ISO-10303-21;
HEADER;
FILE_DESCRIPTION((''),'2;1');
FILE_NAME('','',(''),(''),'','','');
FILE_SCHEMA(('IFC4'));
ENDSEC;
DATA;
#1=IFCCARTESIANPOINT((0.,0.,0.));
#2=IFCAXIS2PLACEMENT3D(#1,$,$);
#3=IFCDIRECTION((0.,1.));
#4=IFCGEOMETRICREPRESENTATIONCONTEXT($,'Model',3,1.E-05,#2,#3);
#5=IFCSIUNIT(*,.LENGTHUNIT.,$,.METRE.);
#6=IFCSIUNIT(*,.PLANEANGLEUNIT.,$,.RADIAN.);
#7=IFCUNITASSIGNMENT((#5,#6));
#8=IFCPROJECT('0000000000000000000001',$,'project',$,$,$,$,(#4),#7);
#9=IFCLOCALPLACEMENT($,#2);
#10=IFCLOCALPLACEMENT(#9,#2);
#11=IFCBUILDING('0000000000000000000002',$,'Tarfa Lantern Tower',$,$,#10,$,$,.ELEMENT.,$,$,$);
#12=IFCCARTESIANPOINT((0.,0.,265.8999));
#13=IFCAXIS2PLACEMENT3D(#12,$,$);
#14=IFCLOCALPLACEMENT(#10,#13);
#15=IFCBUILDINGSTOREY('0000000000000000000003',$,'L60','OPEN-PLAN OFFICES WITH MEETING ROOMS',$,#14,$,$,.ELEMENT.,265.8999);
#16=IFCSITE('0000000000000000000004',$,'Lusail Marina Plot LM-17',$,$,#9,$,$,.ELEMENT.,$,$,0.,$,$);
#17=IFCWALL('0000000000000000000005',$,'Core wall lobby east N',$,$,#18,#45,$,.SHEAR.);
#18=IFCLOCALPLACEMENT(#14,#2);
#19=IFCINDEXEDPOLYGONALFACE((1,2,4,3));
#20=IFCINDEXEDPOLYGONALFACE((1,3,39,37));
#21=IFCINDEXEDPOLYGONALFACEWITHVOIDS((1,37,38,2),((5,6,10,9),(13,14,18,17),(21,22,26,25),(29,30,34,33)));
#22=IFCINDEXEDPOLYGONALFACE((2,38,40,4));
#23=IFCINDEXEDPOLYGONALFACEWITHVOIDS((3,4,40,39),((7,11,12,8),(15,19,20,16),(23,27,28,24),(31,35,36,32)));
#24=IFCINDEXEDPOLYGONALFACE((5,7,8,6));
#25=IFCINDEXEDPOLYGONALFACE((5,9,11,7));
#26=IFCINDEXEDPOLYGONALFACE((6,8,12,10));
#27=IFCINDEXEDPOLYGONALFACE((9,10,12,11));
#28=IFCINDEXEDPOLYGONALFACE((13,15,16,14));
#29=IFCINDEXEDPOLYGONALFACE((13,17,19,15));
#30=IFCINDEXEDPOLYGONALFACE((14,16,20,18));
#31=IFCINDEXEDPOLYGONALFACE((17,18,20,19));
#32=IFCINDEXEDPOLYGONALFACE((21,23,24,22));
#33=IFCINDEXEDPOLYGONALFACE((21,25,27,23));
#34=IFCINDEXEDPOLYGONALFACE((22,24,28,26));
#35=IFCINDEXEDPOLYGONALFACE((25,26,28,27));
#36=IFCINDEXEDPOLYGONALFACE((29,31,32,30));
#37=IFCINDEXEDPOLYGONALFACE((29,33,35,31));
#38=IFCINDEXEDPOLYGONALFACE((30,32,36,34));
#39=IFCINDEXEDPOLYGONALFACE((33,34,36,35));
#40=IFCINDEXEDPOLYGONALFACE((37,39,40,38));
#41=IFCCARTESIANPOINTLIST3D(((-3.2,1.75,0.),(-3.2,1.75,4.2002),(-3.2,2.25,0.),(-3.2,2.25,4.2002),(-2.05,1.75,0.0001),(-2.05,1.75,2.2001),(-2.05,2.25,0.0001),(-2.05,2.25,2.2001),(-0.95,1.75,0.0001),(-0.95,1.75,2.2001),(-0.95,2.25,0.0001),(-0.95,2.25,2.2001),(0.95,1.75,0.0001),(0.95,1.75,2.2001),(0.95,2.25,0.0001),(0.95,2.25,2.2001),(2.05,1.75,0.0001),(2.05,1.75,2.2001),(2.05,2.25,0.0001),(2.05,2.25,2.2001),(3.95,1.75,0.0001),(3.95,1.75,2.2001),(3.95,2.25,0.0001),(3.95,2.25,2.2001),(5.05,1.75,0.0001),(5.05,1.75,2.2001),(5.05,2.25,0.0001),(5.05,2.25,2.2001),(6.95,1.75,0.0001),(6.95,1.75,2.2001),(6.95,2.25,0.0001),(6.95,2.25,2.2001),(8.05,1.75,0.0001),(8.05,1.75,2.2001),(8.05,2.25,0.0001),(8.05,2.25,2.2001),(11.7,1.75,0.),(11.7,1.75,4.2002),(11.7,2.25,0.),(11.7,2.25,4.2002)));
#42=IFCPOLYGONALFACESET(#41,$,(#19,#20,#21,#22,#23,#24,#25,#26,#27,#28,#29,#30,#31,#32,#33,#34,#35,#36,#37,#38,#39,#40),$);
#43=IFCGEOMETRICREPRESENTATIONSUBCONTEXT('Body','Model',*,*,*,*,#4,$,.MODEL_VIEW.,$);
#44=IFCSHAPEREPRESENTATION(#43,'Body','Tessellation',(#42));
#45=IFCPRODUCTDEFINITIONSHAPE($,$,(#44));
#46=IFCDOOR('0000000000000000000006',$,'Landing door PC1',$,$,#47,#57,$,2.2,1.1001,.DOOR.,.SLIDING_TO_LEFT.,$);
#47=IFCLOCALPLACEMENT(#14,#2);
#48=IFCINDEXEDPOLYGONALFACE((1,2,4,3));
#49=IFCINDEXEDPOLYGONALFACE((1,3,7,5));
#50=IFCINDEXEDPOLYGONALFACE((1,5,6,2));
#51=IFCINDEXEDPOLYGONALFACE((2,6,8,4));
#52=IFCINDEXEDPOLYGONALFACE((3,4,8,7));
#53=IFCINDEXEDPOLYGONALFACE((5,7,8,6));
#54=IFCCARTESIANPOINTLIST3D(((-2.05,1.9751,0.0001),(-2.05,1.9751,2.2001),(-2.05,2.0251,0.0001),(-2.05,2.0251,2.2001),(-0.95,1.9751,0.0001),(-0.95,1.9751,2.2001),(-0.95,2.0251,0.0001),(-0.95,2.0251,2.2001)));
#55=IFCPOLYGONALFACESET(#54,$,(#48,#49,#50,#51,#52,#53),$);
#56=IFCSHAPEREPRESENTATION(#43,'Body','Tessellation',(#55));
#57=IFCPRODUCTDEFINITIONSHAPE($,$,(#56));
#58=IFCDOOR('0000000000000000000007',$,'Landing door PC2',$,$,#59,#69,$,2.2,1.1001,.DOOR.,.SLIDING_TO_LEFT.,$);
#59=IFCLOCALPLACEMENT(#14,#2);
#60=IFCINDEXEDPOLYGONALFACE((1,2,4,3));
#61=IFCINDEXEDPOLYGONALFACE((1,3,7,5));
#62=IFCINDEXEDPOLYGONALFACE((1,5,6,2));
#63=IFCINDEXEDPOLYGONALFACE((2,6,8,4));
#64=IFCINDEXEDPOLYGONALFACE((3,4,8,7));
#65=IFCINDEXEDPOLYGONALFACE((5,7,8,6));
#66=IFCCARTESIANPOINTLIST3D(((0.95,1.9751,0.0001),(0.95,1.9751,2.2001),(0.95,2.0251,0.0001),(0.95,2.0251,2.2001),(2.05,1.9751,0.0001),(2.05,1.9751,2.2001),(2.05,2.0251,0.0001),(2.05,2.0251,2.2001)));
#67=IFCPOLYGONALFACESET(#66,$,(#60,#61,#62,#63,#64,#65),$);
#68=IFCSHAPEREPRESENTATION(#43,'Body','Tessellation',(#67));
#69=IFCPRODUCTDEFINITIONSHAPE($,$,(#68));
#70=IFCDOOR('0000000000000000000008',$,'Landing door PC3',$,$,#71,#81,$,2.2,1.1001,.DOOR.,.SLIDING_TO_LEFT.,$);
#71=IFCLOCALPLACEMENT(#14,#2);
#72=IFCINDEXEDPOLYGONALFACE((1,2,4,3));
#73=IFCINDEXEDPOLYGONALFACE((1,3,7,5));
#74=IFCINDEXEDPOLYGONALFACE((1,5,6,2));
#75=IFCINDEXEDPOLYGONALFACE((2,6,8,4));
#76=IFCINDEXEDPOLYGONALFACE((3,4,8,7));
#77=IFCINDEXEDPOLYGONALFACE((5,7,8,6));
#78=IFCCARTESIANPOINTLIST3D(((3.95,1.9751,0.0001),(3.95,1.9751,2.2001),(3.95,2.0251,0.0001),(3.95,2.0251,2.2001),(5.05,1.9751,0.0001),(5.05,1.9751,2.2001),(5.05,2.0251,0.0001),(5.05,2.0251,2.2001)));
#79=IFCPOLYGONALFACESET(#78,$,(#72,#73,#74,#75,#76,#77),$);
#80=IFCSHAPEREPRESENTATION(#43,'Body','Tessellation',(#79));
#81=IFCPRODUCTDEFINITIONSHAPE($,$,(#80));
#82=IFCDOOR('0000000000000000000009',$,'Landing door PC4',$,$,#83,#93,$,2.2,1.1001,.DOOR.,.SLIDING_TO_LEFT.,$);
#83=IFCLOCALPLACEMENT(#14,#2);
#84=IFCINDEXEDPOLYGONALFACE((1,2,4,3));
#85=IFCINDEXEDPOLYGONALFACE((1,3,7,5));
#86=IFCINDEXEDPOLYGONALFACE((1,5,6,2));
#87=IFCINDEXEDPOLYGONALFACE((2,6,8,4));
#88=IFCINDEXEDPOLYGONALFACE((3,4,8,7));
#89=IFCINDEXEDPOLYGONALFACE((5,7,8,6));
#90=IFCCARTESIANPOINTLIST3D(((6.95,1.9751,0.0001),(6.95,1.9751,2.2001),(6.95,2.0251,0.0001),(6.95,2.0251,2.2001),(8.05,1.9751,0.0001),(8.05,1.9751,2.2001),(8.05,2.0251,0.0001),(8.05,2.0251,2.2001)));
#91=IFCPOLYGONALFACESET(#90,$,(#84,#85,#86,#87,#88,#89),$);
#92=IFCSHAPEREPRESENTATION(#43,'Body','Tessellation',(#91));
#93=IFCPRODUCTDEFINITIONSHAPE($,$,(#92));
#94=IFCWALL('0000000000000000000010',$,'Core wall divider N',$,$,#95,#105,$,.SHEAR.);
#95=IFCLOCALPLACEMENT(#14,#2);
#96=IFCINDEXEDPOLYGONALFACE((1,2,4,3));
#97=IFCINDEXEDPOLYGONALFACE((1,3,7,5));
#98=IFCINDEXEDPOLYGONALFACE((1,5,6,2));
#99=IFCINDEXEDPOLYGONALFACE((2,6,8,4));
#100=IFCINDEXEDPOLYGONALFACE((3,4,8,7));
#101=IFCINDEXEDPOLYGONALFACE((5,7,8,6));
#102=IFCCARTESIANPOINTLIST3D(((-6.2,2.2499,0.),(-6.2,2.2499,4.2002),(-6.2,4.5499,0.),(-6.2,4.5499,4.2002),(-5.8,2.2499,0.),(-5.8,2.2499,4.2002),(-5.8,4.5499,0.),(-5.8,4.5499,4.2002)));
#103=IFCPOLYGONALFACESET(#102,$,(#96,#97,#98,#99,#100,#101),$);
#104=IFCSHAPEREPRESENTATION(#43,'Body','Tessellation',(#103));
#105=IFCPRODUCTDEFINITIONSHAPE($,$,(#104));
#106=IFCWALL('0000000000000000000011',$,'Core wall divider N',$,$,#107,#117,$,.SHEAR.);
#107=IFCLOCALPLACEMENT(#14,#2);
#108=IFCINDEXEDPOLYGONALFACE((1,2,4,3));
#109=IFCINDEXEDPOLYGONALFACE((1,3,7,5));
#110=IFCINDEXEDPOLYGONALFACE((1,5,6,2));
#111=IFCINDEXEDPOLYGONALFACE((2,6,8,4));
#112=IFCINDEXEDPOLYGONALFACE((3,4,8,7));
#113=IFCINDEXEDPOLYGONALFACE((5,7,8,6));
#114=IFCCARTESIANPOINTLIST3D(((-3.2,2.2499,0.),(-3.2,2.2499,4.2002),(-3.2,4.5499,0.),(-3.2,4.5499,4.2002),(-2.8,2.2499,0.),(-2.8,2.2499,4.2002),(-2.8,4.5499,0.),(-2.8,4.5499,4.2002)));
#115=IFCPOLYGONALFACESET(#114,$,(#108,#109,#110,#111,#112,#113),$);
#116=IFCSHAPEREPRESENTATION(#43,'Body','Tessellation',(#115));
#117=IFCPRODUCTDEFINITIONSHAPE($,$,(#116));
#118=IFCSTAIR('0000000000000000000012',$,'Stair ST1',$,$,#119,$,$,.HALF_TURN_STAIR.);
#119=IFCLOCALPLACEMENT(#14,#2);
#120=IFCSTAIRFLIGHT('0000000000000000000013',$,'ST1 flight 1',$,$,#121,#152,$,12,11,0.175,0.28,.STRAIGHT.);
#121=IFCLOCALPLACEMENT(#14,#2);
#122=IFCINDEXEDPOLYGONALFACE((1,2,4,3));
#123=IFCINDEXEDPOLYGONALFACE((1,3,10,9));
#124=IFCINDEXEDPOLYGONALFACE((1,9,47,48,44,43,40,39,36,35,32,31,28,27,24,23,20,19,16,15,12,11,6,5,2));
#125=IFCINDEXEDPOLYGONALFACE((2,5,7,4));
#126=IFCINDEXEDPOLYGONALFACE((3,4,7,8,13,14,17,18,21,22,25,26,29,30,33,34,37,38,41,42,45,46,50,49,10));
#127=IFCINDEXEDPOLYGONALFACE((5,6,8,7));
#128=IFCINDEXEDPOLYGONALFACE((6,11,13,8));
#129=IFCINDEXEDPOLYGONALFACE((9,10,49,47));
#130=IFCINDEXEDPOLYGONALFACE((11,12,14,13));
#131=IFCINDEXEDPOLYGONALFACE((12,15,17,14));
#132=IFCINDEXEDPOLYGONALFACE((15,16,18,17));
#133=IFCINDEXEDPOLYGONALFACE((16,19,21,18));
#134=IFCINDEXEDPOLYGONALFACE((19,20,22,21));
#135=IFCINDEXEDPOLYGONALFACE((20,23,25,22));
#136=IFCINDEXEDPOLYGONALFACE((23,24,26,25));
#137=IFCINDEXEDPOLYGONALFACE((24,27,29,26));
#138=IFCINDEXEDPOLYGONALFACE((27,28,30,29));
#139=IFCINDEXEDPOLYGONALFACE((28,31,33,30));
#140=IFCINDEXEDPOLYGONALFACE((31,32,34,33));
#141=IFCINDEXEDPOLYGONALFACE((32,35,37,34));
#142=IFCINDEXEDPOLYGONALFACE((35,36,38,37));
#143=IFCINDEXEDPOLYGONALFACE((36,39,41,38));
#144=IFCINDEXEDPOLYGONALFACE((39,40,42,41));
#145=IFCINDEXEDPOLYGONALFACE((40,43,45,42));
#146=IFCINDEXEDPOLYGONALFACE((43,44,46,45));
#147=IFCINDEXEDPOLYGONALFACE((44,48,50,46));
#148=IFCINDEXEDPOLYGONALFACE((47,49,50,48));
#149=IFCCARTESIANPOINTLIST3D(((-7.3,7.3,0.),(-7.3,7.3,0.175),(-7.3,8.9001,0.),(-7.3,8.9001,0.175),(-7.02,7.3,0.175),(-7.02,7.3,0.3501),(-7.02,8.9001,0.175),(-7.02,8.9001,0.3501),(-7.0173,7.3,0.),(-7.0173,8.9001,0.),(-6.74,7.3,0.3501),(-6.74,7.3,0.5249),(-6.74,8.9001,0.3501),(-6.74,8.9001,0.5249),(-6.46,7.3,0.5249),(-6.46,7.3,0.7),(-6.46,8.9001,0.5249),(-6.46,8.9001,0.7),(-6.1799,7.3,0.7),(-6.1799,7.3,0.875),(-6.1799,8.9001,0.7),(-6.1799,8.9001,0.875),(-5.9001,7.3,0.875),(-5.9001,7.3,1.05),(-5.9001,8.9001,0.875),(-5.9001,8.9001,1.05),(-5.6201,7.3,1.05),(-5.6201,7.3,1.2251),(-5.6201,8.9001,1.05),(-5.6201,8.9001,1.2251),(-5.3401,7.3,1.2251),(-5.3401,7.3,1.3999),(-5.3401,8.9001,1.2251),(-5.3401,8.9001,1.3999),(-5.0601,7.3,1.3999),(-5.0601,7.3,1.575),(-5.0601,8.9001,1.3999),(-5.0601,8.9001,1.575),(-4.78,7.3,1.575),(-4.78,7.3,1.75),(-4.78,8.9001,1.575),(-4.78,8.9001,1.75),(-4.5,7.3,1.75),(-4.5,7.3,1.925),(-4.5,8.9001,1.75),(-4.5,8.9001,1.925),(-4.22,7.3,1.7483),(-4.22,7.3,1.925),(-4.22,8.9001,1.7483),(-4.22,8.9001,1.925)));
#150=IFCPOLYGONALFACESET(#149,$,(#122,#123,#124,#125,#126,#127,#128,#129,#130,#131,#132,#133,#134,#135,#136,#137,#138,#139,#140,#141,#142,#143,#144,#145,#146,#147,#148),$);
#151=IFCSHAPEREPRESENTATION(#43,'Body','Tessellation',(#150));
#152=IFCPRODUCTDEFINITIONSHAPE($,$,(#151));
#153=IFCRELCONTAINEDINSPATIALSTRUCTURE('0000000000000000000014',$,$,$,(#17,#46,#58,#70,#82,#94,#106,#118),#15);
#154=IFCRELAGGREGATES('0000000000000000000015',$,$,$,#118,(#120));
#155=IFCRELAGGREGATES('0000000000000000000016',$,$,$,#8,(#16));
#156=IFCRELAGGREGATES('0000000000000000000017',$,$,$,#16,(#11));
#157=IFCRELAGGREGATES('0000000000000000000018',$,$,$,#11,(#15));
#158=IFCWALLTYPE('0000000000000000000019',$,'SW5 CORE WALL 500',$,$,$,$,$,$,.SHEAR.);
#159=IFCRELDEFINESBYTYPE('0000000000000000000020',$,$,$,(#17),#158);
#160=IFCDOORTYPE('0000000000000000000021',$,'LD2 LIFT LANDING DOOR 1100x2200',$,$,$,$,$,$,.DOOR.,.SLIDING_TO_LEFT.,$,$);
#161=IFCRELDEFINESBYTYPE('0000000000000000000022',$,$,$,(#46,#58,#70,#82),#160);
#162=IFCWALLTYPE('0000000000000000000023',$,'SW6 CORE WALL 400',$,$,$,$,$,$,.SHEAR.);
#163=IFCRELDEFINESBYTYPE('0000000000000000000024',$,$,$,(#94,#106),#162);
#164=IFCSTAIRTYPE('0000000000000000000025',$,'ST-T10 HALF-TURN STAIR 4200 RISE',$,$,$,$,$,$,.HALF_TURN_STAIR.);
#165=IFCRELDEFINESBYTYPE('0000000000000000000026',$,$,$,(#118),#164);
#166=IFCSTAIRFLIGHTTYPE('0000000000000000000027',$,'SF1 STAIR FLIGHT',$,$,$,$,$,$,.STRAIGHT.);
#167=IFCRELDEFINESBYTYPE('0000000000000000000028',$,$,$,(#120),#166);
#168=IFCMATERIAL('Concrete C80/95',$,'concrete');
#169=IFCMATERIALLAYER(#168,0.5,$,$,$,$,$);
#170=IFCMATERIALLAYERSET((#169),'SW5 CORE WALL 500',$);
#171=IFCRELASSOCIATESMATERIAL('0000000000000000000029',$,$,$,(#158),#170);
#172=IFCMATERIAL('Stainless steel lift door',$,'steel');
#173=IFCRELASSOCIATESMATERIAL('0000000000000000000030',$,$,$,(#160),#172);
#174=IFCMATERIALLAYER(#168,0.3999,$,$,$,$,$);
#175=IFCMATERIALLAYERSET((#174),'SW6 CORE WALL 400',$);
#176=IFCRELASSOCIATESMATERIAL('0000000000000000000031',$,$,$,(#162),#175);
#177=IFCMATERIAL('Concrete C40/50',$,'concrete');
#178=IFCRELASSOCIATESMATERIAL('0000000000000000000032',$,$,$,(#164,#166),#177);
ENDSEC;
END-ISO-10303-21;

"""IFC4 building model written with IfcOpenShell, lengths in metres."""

from ifc_helpers import new_model, si_unit, direction, frame, frame_2d, origin, place, context, subcontext, project, spatial, polyline, rectangle, outline, extrude, material, layer, layer_set, type_object, element, fill, aggregate, save


model = new_model("IFC4")

# Units and contexts
model_context = context("Model", 3, precision=1e-05, world=origin(), true_north=direction((0.0, 1.0)))
body_context = subcontext(model_context, "Body", "Model", "MODEL_VIEW")
ifc_project = project(units=[si_unit("LENGTHUNIT", "METRE"), si_unit("PLANEANGLEUNIT", "RADIAN")], contexts=[model_context])

# Site, building, storey
site_placement = place(None, origin())
site = spatial("IfcSite", under=ifc_project, at=site_placement, Name="Lusail Marina Plot LM-17", CompositionType="ELEMENT", RefElevation=0.0)
building_placement = place(site_placement, origin())
building = spatial("IfcBuilding", under=site, at=building_placement, Name="Tarfa Lantern Tower", CompositionType="ELEMENT")
storey_placement = place(building_placement, frame((0.0, 0.0, 265.8999)))
storey = spatial("IfcBuildingStorey", under=building, at=storey_placement, Name="L60", Description="OPEN-PLAN OFFICES WITH MEETING ROOMS", CompositionType="ELEMENT", Elevation=265.8999)

# Shared definitions
ifc_material_1 = material(Name="Concrete C80/95", Category="concrete")

# Wall, openings, doors
ifc_layer_1 = layer(ifc_material_1, 0.5)
ifc_layer_set_1 = layer_set([ifc_layer_1], Name="SW5 CORE WALL 500")
wall_type_1 = type_object("IfcWallType", Name="SW5 CORE WALL 500", PredefinedType="SHEAR", material=ifc_layer_set_1)
wall_1_placement = place(storey_placement, frame((-3.2, 2.0, 0.0), z_axis=(0.0, 0.0, 1.0), x_axis=(1.0, 0.0, 0.0)))
wall_1 = element("IfcWall", 1, at=wall_1_placement, inside=storey, type_object=wall_type_1, Name="Core wall lobby east N", PredefinedType="SHEAR", context=body_context, shape_type="SweptSolid", body=[
    extrude(rectangle(XDim=14.8999, YDim=0.5, at=frame_2d((7.45, 0.0))), origin(), (0.0, 0.0, 1.0), 4.2002),
])
opening_1_placement = place(wall_1_placement, frame((1.1499, 0.0, 0.0)))
opening_1 = element("IfcOpeningElement", 2, at=opening_1_placement, cuts=wall_1, PredefinedType="OPENING", context=body_context, shape_type="SweptSolid", body=[
    extrude(rectangle(XDim=1.1001, YDim=2.2, at=frame_2d((0.55, 1.1001))), frame((0.0, 0.26, 0.0), z_axis=(0.0, -1.0, 0.0), x_axis=(1.0, 0.0, 0.0)), (0.0, 0.0, 1.0), 0.52),
])
opening_2_placement = place(wall_1_placement, frame((4.1499, 0.0, 0.0)))
opening_2 = element("IfcOpeningElement", 3, at=opening_2_placement, cuts=wall_1, PredefinedType="OPENING", context=body_context, shape_type="SweptSolid", body=[
    extrude(rectangle(XDim=1.1001, YDim=2.2, at=frame_2d((0.55, 1.1001))), frame((0.0, 0.26, 0.0), z_axis=(0.0, -1.0, 0.0), x_axis=(1.0, 0.0, 0.0)), (0.0, 0.0, 1.0), 0.52),
])
opening_3_placement = place(wall_1_placement, frame((7.1499, 0.0, 0.0)))
opening_3 = element("IfcOpeningElement", 4, at=opening_3_placement, cuts=wall_1, PredefinedType="OPENING", context=body_context, shape_type="SweptSolid", body=[
    extrude(rectangle(XDim=1.1001, YDim=2.2, at=frame_2d((0.55, 1.1001))), frame((0.0, 0.26, 0.0), z_axis=(0.0, -1.0, 0.0), x_axis=(1.0, 0.0, 0.0)), (0.0, 0.0, 1.0), 0.52),
])
opening_4_placement = place(wall_1_placement, frame((10.1499, 0.0, 0.0)))
opening_4 = element("IfcOpeningElement", 5, at=opening_4_placement, cuts=wall_1, PredefinedType="OPENING", context=body_context, shape_type="SweptSolid", body=[
    extrude(rectangle(XDim=1.1001, YDim=2.2, at=frame_2d((0.55, 1.1001))), frame((0.0, 0.26, 0.0), z_axis=(0.0, -1.0, 0.0), x_axis=(1.0, 0.0, 0.0)), (0.0, 0.0, 1.0), 0.52),
])
ifc_material_2 = material(Name="Stainless steel lift door", Category="steel")
door_type_1 = type_object("IfcDoorType", Name="LD2 LIFT LANDING DOOR 1100x2200", OperationType="SLIDING_TO_LEFT", PredefinedType="DOOR", material=ifc_material_2)
door_1_placement = place(opening_1_placement, frame((1.1001, 0.0, 0.0), z_axis=(0.0, 0.0, 1.0), x_axis=(-1.0, 0.0, 0.0)))
door_1 = element("IfcDoor", 6, at=door_1_placement, inside=storey, type_object=door_type_1, Name="Landing door PC1", OperationType="SLIDING_TO_LEFT", OverallHeight=2.2, OverallWidth=1.1001, PredefinedType="DOOR", context=body_context, shape_type="SweptSolid", body=[
    extrude(rectangle(XDim=1.1001, YDim=2.2, at=frame_2d((0.55, 1.1001))), frame((0.0, 0.0249, 0.0), z_axis=(0.0, -1.0, 0.0), x_axis=(1.0, 0.0, 0.0)), (0.0, 0.0, 1.0), 0.05),
])
fill(opening_1, door_1)
door_2_placement = place(opening_2_placement, frame((1.1001, 0.0, 0.0), z_axis=(0.0, 0.0, 1.0), x_axis=(-1.0, 0.0, 0.0)))
door_2 = element("IfcDoor", 7, at=door_2_placement, inside=storey, type_object=door_type_1, Name="Landing door PC2", OperationType="SLIDING_TO_LEFT", OverallHeight=2.2, OverallWidth=1.1001, PredefinedType="DOOR", context=body_context, shape_type="SweptSolid", body=[
    extrude(rectangle(XDim=1.1001, YDim=2.2, at=frame_2d((0.55, 1.1001))), frame((0.0, 0.0249, 0.0), z_axis=(0.0, -1.0, 0.0), x_axis=(1.0, 0.0, 0.0)), (0.0, 0.0, 1.0), 0.05),
])
fill(opening_2, door_2)
door_3_placement = place(opening_3_placement, frame((1.1001, 0.0, 0.0), z_axis=(0.0, 0.0, 1.0), x_axis=(-1.0, 0.0, 0.0)))
door_3 = element("IfcDoor", 8, at=door_3_placement, inside=storey, type_object=door_type_1, Name="Landing door PC3", OperationType="SLIDING_TO_LEFT", OverallHeight=2.2, OverallWidth=1.1001, PredefinedType="DOOR", context=body_context, shape_type="SweptSolid", body=[
    extrude(rectangle(XDim=1.1001, YDim=2.2, at=frame_2d((0.55, 1.1001))), frame((0.0, 0.0249, 0.0), z_axis=(0.0, -1.0, 0.0), x_axis=(1.0, 0.0, 0.0)), (0.0, 0.0, 1.0), 0.05),
])
fill(opening_3, door_3)
door_4_placement = place(opening_4_placement, frame((1.1001, 0.0, 0.0), z_axis=(0.0, 0.0, 1.0), x_axis=(-1.0, 0.0, 0.0)))
door_4 = element("IfcDoor", 9, at=door_4_placement, inside=storey, type_object=door_type_1, Name="Landing door PC4", OperationType="SLIDING_TO_LEFT", OverallHeight=2.2, OverallWidth=1.1001, PredefinedType="DOOR", context=body_context, shape_type="SweptSolid", body=[
    extrude(rectangle(XDim=1.1001, YDim=2.2, at=frame_2d((0.55, 1.1001))), frame((0.0, 0.0249, 0.0), z_axis=(0.0, -1.0, 0.0), x_axis=(1.0, 0.0, 0.0)), (0.0, 0.0, 1.0), 0.05),
])
fill(opening_4, door_4)

# Walls
ifc_layer_2 = layer(ifc_material_1, 0.3999)
ifc_layer_set_2 = layer_set([ifc_layer_2], Name="SW6 CORE WALL 400")
wall_type_2 = type_object("IfcWallType", Name="SW6 CORE WALL 400", PredefinedType="SHEAR", material=ifc_layer_set_2)
for number, where, z_axis, x_axis, name in (
    (10, (-6.0, 2.25, 0.0), (0.0, 0.0, 1.0), (0.0, 1.0, 0.0), "Core wall divider N"),
    (11, (-3.0, 2.25, 0.0), (0.0, 0.0, 1.0), (0.0, 1.0, 0.0), "Core wall divider N"),
):
    element("IfcWall", number, at=place(storey_placement, frame(where, z_axis=z_axis, x_axis=x_axis)), inside=storey, type_object=wall_type_2, Name=name, PredefinedType="SHEAR", context=body_context, shape_type="SweptSolid", body=[
        extrude(rectangle(XDim=2.3, YDim=0.3999, at=frame_2d((1.1499, 0.0))), origin(), (0.0, 0.0, 1.0), 4.2002),
    ])

# Stair, stair flight
ifc_material_3 = material(Name="Concrete C40/50", Category="concrete")
stair_type = type_object("IfcStairType", Name="ST-T10 HALF-TURN STAIR 4200 RISE", PredefinedType="HALF_TURN_STAIR", material=ifc_material_3)
stair_placement = place(storey_placement, origin())
stair = element("IfcStair", 12, at=stair_placement, inside=storey, type_object=stair_type, Name="Stair ST1", PredefinedType="HALF_TURN_STAIR")
stair_flight_type = type_object("IfcStairFlightType", Name="SF1 STAIR FLIGHT", PredefinedType="STRAIGHT", material=ifc_material_3)
stair_flight_1_placement = place(storey_placement, frame((-7.3, 8.1001, 0.0), z_axis=(0.0, 0.0, 1.0), x_axis=(1.0, 0.0, 0.0)))
stair_flight_1 = element("IfcStairFlight", 13, at=stair_flight_1_placement, type_object=stair_flight_type, Name="ST1 flight 1", NumberOfRisers=12, NumberOfTreads=11, PredefinedType="STRAIGHT", RiserHeight=0.175, TreadLength=0.28, context=body_context, shape_type="SweptSolid", body=[
    extrude(outline(polyline([(0.0, 0.0), (0.0, 0.175), (0.28, 0.175), (0.28, 0.3501), (0.5601, 0.3501), (0.5601, 0.5249), (0.8401, 0.5249), (0.8401, 0.7), (1.1201, 0.7), (1.1201, 0.875), (1.3999, 0.875), (1.3999, 1.05), (1.6799, 1.05), (1.6799, 1.2251), (1.96, 1.2251), (1.96, 1.3999), (2.24, 1.3999), (2.24, 1.575), (2.52, 1.575), (2.52, 1.75), (2.8, 1.75), (2.8, 1.925), (3.0801, 1.925), (3.0801, 2.1001), (3.0801, 1.7483), (0.2827, 0.0), (0.0, 0.0)])), frame((0.0, 0.8, 0.0), z_axis=(0.0, -1.0, 0.0), x_axis=(1.0, 0.0, 0.0)), (0.0, 0.0, 1.0), 1.6001),
])
aggregate(stair, [stair_flight_1])

save(model, "model.ifc")
